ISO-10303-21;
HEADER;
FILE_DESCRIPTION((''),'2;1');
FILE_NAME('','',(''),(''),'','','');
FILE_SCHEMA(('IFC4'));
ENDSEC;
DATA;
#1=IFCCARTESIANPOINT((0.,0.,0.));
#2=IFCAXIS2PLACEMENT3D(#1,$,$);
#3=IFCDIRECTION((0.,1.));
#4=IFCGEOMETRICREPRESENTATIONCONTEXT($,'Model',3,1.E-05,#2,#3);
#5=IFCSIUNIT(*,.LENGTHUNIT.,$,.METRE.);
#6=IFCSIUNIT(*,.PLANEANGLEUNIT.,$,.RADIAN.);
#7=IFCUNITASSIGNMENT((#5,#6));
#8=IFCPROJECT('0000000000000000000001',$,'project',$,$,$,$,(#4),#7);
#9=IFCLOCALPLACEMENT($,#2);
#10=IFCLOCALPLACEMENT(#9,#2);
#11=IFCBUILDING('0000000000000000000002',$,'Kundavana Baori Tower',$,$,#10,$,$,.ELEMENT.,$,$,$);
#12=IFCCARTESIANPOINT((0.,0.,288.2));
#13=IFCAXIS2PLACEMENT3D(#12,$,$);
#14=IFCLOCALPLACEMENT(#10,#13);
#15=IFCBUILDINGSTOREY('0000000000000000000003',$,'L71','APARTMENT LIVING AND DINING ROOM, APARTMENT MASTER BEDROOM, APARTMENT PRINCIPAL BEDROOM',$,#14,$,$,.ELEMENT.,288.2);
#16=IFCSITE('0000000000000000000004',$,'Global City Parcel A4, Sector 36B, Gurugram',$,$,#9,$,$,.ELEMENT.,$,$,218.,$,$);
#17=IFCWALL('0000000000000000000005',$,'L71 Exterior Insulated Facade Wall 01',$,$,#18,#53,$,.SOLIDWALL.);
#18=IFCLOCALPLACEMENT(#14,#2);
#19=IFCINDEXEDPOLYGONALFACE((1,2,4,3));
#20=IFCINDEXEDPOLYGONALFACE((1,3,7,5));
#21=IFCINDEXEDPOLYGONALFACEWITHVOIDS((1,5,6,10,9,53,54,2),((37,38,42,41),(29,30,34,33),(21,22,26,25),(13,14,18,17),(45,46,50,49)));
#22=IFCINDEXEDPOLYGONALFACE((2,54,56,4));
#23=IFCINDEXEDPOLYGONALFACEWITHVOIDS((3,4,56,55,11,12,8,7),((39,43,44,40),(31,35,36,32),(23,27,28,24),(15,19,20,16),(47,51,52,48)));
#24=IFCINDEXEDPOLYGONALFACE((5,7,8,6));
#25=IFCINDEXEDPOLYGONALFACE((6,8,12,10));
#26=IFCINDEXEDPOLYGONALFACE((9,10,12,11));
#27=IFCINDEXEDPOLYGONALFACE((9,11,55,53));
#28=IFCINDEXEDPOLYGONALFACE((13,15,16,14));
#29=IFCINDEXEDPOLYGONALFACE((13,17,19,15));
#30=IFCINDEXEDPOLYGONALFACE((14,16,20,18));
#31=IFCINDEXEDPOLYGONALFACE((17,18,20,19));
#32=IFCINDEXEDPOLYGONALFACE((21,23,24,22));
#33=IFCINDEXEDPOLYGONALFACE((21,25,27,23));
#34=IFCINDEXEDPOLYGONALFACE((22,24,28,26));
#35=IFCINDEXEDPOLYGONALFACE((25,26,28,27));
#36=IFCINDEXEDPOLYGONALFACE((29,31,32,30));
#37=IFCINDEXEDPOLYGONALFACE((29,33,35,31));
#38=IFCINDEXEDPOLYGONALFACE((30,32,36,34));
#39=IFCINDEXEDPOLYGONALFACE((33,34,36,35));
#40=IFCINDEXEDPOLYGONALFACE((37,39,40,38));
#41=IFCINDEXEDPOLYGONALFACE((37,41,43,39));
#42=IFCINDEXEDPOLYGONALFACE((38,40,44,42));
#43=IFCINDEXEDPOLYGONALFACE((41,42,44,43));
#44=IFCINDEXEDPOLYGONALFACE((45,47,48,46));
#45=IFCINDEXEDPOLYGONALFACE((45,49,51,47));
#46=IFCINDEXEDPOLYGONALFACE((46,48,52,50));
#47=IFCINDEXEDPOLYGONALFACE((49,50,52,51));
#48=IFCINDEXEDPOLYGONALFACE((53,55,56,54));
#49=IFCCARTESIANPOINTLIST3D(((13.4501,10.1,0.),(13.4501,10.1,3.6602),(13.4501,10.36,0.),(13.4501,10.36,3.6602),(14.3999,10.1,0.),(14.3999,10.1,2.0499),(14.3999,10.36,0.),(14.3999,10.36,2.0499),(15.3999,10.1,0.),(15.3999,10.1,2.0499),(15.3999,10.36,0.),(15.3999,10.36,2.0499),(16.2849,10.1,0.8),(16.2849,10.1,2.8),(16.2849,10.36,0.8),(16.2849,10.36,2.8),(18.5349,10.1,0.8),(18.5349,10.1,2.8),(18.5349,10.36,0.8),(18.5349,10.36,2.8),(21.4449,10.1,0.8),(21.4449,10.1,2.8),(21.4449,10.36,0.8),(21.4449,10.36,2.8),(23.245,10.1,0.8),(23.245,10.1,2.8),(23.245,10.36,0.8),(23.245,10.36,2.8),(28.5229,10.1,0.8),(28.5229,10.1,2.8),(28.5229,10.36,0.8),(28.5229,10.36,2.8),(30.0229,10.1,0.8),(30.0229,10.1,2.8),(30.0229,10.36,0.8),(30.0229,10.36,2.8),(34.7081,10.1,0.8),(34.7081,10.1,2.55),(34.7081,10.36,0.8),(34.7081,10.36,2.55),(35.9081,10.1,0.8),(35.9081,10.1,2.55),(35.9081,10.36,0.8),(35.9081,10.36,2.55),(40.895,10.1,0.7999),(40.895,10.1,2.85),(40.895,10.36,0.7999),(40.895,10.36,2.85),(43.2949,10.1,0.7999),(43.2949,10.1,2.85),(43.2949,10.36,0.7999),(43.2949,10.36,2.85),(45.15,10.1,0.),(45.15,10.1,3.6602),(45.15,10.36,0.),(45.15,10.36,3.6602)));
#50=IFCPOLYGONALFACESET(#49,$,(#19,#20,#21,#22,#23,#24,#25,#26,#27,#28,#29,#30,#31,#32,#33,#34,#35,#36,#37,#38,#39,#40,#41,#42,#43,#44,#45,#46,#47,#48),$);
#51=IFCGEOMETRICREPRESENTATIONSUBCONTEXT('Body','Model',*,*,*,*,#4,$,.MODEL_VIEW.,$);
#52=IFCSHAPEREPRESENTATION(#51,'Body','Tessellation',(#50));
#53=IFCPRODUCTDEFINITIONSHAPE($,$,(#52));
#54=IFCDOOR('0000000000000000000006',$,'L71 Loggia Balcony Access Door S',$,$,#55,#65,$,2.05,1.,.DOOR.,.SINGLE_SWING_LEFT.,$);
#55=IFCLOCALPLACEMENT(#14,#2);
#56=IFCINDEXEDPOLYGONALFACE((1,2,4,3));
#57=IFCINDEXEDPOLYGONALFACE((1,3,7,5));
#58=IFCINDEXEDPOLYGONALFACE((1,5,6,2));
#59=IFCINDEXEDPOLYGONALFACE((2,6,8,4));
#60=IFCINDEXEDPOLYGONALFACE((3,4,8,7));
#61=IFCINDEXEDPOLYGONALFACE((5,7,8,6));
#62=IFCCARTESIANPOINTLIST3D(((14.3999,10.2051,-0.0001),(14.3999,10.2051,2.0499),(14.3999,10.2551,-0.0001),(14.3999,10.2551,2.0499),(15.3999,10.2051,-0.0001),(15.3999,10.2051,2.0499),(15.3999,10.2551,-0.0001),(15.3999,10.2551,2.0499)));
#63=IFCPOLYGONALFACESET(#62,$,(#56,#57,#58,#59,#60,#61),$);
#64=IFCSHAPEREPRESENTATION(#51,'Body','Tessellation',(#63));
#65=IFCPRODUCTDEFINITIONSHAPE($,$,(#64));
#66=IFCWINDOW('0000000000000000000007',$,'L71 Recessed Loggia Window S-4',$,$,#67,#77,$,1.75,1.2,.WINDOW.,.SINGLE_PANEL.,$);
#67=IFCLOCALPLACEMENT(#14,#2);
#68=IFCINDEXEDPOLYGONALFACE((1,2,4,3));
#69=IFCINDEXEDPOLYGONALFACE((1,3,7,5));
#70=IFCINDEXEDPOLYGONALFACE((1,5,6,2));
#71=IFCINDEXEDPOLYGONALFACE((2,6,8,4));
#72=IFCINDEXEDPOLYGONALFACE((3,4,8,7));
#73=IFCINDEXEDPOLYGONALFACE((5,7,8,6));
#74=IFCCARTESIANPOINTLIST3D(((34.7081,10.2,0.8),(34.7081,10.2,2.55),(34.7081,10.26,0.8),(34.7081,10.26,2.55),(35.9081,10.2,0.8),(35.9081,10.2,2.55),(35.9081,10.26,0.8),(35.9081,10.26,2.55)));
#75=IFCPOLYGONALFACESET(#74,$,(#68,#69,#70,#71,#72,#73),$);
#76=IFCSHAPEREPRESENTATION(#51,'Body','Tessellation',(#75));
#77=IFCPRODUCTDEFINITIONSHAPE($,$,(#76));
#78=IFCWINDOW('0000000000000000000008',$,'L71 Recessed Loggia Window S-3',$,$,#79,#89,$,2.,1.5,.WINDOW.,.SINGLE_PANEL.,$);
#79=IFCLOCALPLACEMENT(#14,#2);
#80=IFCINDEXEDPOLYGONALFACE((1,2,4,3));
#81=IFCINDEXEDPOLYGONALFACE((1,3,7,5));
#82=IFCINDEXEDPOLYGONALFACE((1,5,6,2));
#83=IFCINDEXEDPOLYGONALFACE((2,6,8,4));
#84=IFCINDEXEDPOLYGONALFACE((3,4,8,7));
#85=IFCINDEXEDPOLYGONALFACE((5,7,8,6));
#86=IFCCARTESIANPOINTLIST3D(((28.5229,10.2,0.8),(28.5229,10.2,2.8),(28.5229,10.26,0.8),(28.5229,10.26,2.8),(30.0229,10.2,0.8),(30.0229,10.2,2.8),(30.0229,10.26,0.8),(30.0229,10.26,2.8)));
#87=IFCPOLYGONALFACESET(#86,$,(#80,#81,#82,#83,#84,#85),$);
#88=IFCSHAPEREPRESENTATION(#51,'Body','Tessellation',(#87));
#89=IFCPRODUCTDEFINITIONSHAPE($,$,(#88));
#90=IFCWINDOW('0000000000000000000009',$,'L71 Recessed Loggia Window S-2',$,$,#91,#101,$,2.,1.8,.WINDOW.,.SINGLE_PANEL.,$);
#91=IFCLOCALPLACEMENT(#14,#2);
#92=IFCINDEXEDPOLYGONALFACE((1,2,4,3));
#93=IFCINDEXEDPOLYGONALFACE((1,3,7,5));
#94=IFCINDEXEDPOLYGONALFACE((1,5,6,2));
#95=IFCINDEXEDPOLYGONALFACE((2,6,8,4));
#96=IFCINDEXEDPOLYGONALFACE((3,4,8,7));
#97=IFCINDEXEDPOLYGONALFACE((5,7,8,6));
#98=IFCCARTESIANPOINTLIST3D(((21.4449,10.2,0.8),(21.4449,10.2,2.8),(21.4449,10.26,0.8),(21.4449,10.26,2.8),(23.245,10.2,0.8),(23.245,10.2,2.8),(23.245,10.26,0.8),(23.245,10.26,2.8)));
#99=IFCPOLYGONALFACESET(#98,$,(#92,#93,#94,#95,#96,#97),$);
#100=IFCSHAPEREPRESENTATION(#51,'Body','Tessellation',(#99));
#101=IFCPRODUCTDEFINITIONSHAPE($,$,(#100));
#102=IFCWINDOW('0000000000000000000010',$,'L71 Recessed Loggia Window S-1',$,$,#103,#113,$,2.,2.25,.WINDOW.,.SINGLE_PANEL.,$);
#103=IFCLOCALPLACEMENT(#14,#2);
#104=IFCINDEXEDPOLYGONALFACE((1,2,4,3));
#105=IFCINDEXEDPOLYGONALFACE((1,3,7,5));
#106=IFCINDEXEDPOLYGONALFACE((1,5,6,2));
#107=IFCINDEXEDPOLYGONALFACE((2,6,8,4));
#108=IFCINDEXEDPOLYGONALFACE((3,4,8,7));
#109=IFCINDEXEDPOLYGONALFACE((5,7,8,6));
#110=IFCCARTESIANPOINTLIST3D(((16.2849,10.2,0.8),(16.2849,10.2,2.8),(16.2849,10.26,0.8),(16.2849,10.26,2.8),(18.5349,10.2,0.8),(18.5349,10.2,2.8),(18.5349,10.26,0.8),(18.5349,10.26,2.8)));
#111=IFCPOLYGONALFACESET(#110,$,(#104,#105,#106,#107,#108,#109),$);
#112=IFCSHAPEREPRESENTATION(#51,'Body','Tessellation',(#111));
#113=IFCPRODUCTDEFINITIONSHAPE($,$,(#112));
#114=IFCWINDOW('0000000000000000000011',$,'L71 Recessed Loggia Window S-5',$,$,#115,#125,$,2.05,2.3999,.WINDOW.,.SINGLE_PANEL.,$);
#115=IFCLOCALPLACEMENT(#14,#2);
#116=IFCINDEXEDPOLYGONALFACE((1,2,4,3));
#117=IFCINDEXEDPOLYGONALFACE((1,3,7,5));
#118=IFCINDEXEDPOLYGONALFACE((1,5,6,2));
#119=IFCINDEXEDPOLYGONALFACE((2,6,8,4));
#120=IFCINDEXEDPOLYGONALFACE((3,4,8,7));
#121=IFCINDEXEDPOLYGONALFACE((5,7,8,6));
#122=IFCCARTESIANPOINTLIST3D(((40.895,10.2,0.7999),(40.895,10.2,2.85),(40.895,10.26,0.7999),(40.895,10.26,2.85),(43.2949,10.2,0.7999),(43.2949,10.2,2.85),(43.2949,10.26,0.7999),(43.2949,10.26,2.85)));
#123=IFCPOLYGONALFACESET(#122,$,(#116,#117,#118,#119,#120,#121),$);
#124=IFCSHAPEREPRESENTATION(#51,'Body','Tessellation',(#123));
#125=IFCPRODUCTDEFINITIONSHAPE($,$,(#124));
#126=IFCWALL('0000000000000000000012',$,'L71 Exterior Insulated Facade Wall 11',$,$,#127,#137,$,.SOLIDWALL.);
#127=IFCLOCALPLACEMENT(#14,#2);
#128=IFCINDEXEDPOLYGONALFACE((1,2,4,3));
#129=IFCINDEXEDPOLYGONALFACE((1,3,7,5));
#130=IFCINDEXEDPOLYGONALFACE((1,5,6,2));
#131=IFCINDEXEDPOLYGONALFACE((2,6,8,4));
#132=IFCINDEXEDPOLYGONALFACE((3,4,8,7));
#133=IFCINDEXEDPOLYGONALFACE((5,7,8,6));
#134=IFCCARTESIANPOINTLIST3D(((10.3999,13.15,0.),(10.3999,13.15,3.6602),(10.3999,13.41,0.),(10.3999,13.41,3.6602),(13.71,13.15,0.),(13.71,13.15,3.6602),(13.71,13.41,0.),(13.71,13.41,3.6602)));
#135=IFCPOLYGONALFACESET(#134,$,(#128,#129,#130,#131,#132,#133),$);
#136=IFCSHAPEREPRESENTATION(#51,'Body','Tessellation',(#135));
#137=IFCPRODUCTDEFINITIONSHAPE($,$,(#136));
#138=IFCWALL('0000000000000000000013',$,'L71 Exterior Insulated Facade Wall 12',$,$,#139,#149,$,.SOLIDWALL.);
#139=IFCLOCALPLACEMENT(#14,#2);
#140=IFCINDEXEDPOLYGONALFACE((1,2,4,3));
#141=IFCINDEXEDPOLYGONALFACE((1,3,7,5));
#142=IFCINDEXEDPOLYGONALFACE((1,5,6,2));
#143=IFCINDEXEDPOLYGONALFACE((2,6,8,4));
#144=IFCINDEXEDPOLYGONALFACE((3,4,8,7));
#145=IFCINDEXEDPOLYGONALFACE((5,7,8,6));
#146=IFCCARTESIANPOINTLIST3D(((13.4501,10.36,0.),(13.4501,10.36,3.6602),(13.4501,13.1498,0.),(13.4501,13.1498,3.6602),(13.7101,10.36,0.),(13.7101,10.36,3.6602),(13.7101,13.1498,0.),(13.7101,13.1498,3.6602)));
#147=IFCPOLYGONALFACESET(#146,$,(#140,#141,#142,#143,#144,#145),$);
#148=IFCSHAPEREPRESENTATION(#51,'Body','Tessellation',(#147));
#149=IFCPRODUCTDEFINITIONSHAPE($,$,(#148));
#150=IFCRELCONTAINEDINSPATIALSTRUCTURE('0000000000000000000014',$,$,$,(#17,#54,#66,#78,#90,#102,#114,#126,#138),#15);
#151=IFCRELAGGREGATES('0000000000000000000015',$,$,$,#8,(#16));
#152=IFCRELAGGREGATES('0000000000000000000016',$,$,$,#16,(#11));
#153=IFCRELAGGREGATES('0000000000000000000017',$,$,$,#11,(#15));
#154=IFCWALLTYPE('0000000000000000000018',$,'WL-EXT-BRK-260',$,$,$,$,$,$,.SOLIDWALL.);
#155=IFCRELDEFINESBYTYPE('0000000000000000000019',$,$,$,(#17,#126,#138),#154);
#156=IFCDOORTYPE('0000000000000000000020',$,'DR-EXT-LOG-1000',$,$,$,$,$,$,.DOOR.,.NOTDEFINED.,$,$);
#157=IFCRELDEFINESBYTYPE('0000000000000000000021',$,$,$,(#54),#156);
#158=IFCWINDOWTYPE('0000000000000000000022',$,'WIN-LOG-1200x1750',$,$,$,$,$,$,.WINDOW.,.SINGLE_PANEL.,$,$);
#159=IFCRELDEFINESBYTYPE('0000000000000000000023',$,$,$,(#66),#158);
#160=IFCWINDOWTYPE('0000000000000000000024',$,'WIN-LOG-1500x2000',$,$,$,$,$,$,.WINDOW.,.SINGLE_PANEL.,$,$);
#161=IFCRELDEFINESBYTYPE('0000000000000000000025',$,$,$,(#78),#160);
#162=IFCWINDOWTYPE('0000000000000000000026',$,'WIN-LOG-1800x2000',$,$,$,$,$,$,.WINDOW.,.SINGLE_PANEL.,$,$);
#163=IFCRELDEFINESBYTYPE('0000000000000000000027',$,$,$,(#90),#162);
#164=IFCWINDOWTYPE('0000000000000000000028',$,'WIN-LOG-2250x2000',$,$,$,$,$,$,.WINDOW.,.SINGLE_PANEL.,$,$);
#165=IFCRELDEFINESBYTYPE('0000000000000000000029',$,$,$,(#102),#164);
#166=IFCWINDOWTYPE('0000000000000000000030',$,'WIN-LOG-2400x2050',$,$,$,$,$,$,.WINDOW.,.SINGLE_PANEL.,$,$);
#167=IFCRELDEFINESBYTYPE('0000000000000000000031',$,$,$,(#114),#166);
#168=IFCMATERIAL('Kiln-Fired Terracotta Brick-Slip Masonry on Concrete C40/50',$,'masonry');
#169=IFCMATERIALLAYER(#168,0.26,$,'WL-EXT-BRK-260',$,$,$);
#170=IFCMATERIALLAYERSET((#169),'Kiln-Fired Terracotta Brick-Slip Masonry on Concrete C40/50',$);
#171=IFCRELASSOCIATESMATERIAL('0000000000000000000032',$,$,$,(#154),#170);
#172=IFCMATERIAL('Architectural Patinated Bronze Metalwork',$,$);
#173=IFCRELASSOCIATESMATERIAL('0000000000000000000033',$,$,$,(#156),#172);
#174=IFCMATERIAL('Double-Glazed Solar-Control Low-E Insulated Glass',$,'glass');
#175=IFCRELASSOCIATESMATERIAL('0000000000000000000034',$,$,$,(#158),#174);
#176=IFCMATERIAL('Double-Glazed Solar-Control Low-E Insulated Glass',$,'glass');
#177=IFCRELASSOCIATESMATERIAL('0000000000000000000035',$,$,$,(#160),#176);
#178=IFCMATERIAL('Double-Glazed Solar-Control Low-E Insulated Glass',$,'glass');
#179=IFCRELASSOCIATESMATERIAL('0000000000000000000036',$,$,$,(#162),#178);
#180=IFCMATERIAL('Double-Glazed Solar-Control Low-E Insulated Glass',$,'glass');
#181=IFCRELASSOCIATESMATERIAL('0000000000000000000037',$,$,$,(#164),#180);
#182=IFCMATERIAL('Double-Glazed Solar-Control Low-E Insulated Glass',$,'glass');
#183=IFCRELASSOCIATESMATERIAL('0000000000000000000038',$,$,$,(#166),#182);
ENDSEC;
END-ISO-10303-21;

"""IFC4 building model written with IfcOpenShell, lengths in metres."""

from ifc_helpers import new_model, si_unit, direction, frame, frame_2d, origin, place, context, subcontext, project, spatial, rectangle, extrude, material, layer, layer_set, type_object, element, fill, save


model = new_model("IFC4")

# Units and contexts
model_context = context("Model", 3, precision=1e-05, world=origin(), true_north=direction((0.0, 1.0)))
body_context = subcontext(model_context, "Body", "Model", "MODEL_VIEW")
ifc_project = project(units=[si_unit("LENGTHUNIT", "METRE"), si_unit("PLANEANGLEUNIT", "RADIAN")], contexts=[model_context])

# Site, building, storey
site_placement = place(None, origin())
site = spatial("IfcSite", under=ifc_project, at=site_placement, Name="Global City Parcel A4, Sector 36B, Gurugram", CompositionType="ELEMENT", RefElevation=218.0)
building_placement = place(site_placement, origin())
building = spatial("IfcBuilding", under=site, at=building_placement, Name="Kundavana Baori Tower", CompositionType="ELEMENT")
storey_placement = place(building_placement, frame((0.0, 0.0, 288.2)))
storey = spatial("IfcBuildingStorey", under=building, at=storey_placement, Name="L71", Description="APARTMENT LIVING AND DINING ROOM, APARTMENT MASTER BEDROOM, APARTMENT PRINCIPAL BEDROOM", CompositionType="ELEMENT", Elevation=288.2)

# Wall, openings, door, windows
ifc_material_1 = material(Name="Kiln-Fired Terracotta Brick-Slip Masonry on Concrete C40/50", Category="masonry")
ifc_layer_1 = layer(ifc_material_1, 0.26, Name="WL-EXT-BRK-260")
ifc_layer_set_1 = layer_set([ifc_layer_1], Name="Kiln-Fired Terracotta Brick-Slip Masonry on Concrete C40/50")
wall_type_1 = type_object("IfcWallType", Name="WL-EXT-BRK-260", PredefinedType="SOLIDWALL", material=ifc_layer_set_1)
wall_1_placement = place(storey_placement, frame((13.45, 10.23, 0.0), z_axis=(0.0, 0.0, 1.0), x_axis=(1.0, 0.0, 0.0)))
wall_1 = element("IfcWall", 1, at=wall_1_placement, inside=storey, type_object=wall_type_1, Name="L71 Exterior Insulated Facade Wall 01", PredefinedType="SOLIDWALL", context=body_context, shape_type="SweptSolid", body=[
    extrude(rectangle(XDim=31.7, YDim=0.26, at=frame_2d((15.8501, 0.0))), origin(), (0.0, 0.0, 1.0), 3.6602),
])
opening_1_placement = place(wall_1_placement, frame((0.95, 0.0, 0.0)))
opening_1 = element("IfcOpeningElement", 2, at=opening_1_placement, cuts=wall_1, PredefinedType="OPENING", context=body_context, shape_type="SweptSolid", body=[
    extrude(rectangle(XDim=1.0, YDim=2.05, at=frame_2d((0.5, 1.0249))), frame((0.0, 0.1401, 0.0), z_axis=(0.0, -1.0, 0.0), x_axis=(1.0, 0.0, 0.0)), (0.0, 0.0, 1.0), 0.28),
])
opening_2_placement = place(wall_1_placement, frame((2.835, 0.0, 0.8)))
opening_2 = element("IfcOpeningElement", 3, at=opening_2_placement, cuts=wall_1, PredefinedType="OPENING", context=body_context, shape_type="SweptSolid", body=[
    extrude(rectangle(XDim=2.25, YDim=2.0, at=frame_2d((1.125, 1.0))), frame((0.0, 0.1401, 0.0), z_axis=(0.0, -1.0, 0.0), x_axis=(1.0, 0.0, 0.0)), (0.0, 0.0, 1.0), 0.28),
])
opening_3_placement = place(wall_1_placement, frame((7.9951, 0.0, 0.8)))
opening_3 = element("IfcOpeningElement", 4, at=opening_3_placement, cuts=wall_1, PredefinedType="OPENING", context=body_context, shape_type="SweptSolid", body=[
    extrude(rectangle(XDim=1.8, YDim=2.0, at=frame_2d((0.8999, 1.0))), frame((0.0, 0.1401, 0.0), z_axis=(0.0, -1.0, 0.0), x_axis=(1.0, 0.0, 0.0)), (0.0, 0.0, 1.0), 0.28),
])
opening_4_placement = place(wall_1_placement, frame((15.073, 0.0, 0.8)))
opening_4 = element("IfcOpeningElement", 5, at=opening_4_placement, cuts=wall_1, PredefinedType="OPENING", context=body_context, shape_type="SweptSolid", body=[
    extrude(rectangle(XDim=1.5, YDim=2.0, at=frame_2d((0.75, 1.0))), frame((0.0, 0.1401, 0.0), z_axis=(0.0, -1.0, 0.0), x_axis=(1.0, 0.0, 0.0)), (0.0, 0.0, 1.0), 0.28),
])
opening_5_placement = place(wall_1_placement, frame((21.2581, 0.0, 0.8)))
opening_5 = element("IfcOpeningElement", 6, at=opening_5_placement, cuts=wall_1, PredefinedType="OPENING", context=body_context, shape_type="SweptSolid", body=[
    extrude(rectangle(XDim=1.2, YDim=1.75, at=frame_2d((0.6001, 0.875))), frame((0.0, 0.1401, 0.0), z_axis=(0.0, -1.0, 0.0), x_axis=(1.0, 0.0, 0.0)), (0.0, 0.0, 1.0), 0.28),
])
opening_6_placement = place(wall_1_placement, frame((27.4451, 0.0, 0.8)))
opening_6 = element("IfcOpeningElement", 7, at=opening_6_placement, cuts=wall_1, PredefinedType="OPENING", context=body_context, shape_type="SweptSolid", body=[
    extrude(rectangle(XDim=2.3999, YDim=2.05, at=frame_2d((1.2, 1.0249))), frame((0.0, 0.1401, 0.0), z_axis=(0.0, -1.0, 0.0), x_axis=(1.0, 0.0, 0.0)), (0.0, 0.0, 1.0), 0.28),
])
ifc_material_2 = material(Name="Architectural Patinated Bronze Metalwork")
door_type_1 = type_object("IfcDoorType", Name="DR-EXT-LOG-1000", OperationType="NOTDEFINED", PredefinedType="DOOR", material=ifc_material_2)
door_1_placement = place(opening_1_placement, frame((1.0, 0.0, 0.0), z_axis=(0.0, 0.0, 1.0), x_axis=(-1.0, 0.0, 0.0)))
door_1 = element("IfcDoor", 8, at=door_1_placement, inside=storey, type_object=door_type_1, Name="L71 Loggia Balcony Access Door S", OperationType="SINGLE_SWING_LEFT", OverallHeight=2.05, OverallWidth=1.0, PredefinedType="DOOR", context=body_context, shape_type="SweptSolid", body=[
    extrude(rectangle(XDim=1.0, YDim=2.05, at=frame_2d((0.5, 1.0249))), frame((0.0, 0.0249, 0.0), z_axis=(0.0, -1.0, 0.0), x_axis=(1.0, 0.0, 0.0)), (0.0, 0.0, 1.0), 0.05),
])
fill(opening_1, door_1)
ifc_material_3 = material(Name="Double-Glazed Solar-Control Low-E Insulated Glass", Category="glass")
window_type_1 = type_object("IfcWindowType", Name="WIN-LOG-1200x1750", PartitioningType="SINGLE_PANEL", PredefinedType="WINDOW", material=ifc_material_3)
window_1_placement = place(opening_5_placement, origin())
window_1 = element("IfcWindow", 9, at=window_1_placement, inside=storey, type_object=window_type_1, Name="L71 Recessed Loggia Window S-4", OverallHeight=1.75, OverallWidth=1.2, PartitioningType="SINGLE_PANEL", PredefinedType="WINDOW", context=body_context, shape_type="SweptSolid", body=[
    extrude(rectangle(XDim=1.2, YDim=1.75, at=frame_2d((0.6001, 0.875))), frame((0.0, 0.03, 0.0), z_axis=(0.0, -1.0, 0.0), x_axis=(1.0, 0.0, 0.0)), (0.0, 0.0, 1.0), 0.0601),
])
fill(opening_5, window_1)
ifc_material_4 = material(Name="Double-Glazed Solar-Control Low-E Insulated Glass", Category="glass")
window_type_2 = type_object("IfcWindowType", Name="WIN-LOG-1500x2000", PartitioningType="SINGLE_PANEL", PredefinedType="WINDOW", material=ifc_material_4)
window_2_placement = place(opening_4_placement, origin())
window_2 = element("IfcWindow", 10, at=window_2_placement, inside=storey, type_object=window_type_2, Name="L71 Recessed Loggia Window S-3", OverallHeight=2.0, OverallWidth=1.5, PartitioningType="SINGLE_PANEL", PredefinedType="WINDOW", context=body_context, shape_type="SweptSolid", body=[
    extrude(rectangle(XDim=1.5, YDim=2.0, at=frame_2d((0.75, 1.0))), frame((0.0, 0.03, 0.0), z_axis=(0.0, -1.0, 0.0), x_axis=(1.0, 0.0, 0.0)), (0.0, 0.0, 1.0), 0.0601),
])
fill(opening_4, window_2)
ifc_material_5 = material(Name="Double-Glazed Solar-Control Low-E Insulated Glass", Category="glass")
window_type_3 = type_object("IfcWindowType", Name="WIN-LOG-1800x2000", PartitioningType="SINGLE_PANEL", PredefinedType="WINDOW", material=ifc_material_5)
window_3_placement = place(opening_3_placement, origin())
window_3 = element("IfcWindow", 11, at=window_3_placement, inside=storey, type_object=window_type_3, Name="L71 Recessed Loggia Window S-2", OverallHeight=2.0, OverallWidth=1.8, PartitioningType="SINGLE_PANEL", PredefinedType="WINDOW", context=body_context, shape_type="SweptSolid", body=[
    extrude(rectangle(XDim=1.8, YDim=2.0, at=frame_2d((0.8999, 1.0))), frame((0.0, 0.03, 0.0), z_axis=(0.0, -1.0, 0.0), x_axis=(1.0, 0.0, 0.0)), (0.0, 0.0, 1.0), 0.0601),
])
fill(opening_3, window_3)
ifc_material_6 = material(Name="Double-Glazed Solar-Control Low-E Insulated Glass", Category="glass")
window_type_4 = type_object("IfcWindowType", Name="WIN-LOG-2250x2000", PartitioningType="SINGLE_PANEL", PredefinedType="WINDOW", material=ifc_material_6)
window_4_placement = place(opening_2_placement, origin())
window_4 = element("IfcWindow", 12, at=window_4_placement, inside=storey, type_object=window_type_4, Name="L71 Recessed Loggia Window S-1", OverallHeight=2.0, OverallWidth=2.25, PartitioningType="SINGLE_PANEL", PredefinedType="WINDOW", context=body_context, shape_type="SweptSolid", body=[
    extrude(rectangle(XDim=2.25, YDim=2.0, at=frame_2d((1.125, 1.0))), frame((0.0, 0.03, 0.0), z_axis=(0.0, -1.0, 0.0), x_axis=(1.0, 0.0, 0.0)), (0.0, 0.0, 1.0), 0.0601),
])
fill(opening_2, window_4)
ifc_material_7 = material(Name="Double-Glazed Solar-Control Low-E Insulated Glass", Category="glass")
window_type_5 = type_object("IfcWindowType", Name="WIN-LOG-2400x2050", PartitioningType="SINGLE_PANEL", PredefinedType="WINDOW", material=ifc_material_7)
window_5_placement = place(opening_6_placement, origin())
window_5 = element("IfcWindow", 13, at=window_5_placement, inside=storey, type_object=window_type_5, Name="L71 Recessed Loggia Window S-5", OverallHeight=2.05, OverallWidth=2.3999, PartitioningType="SINGLE_PANEL", PredefinedType="WINDOW", context=body_context, shape_type="SweptSolid", body=[
    extrude(rectangle(XDim=2.3999, YDim=2.05, at=frame_2d((1.2, 1.0249))), frame((0.0, 0.03, 0.0), z_axis=(0.0, -1.0, 0.0), x_axis=(1.0, 0.0, 0.0)), (0.0, 0.0, 1.0), 0.0601),
])
fill(opening_6, window_5)

# Walls
wall_2_placement = place(storey_placement, frame((10.3999, 13.28, 0.0), z_axis=(0.0, 0.0, 1.0), x_axis=(1.0, 0.0, 0.0)))
element("IfcWall", 14, at=wall_2_placement, inside=storey, type_object=wall_type_1, Name="L71 Exterior Insulated Facade Wall 11", PredefinedType="SOLIDWALL", context=body_context, shape_type="SweptSolid", body=[
    extrude(rectangle(XDim=3.3101, YDim=0.26, at=frame_2d((1.655, 0.0))), origin(), (0.0, 0.0, 1.0), 3.6602),
])
wall_3_placement = place(storey_placement, frame((13.5801, 13.1499, 0.0), z_axis=(0.0, 0.0, 1.0), x_axis=(0.0, -1.0, 0.0)))
element("IfcWall", 15, at=wall_3_placement, inside=storey, type_object=wall_type_1, Name="L71 Exterior Insulated Facade Wall 12", PredefinedType="SOLIDWALL", context=body_context, shape_type="SweptSolid", body=[
    extrude(rectangle(XDim=2.7898, YDim=0.26, at=frame_2d((1.395, 0.0))), origin(), (0.0, 0.0, 1.0), 3.6602),
])

save(model, "model.ifc")
